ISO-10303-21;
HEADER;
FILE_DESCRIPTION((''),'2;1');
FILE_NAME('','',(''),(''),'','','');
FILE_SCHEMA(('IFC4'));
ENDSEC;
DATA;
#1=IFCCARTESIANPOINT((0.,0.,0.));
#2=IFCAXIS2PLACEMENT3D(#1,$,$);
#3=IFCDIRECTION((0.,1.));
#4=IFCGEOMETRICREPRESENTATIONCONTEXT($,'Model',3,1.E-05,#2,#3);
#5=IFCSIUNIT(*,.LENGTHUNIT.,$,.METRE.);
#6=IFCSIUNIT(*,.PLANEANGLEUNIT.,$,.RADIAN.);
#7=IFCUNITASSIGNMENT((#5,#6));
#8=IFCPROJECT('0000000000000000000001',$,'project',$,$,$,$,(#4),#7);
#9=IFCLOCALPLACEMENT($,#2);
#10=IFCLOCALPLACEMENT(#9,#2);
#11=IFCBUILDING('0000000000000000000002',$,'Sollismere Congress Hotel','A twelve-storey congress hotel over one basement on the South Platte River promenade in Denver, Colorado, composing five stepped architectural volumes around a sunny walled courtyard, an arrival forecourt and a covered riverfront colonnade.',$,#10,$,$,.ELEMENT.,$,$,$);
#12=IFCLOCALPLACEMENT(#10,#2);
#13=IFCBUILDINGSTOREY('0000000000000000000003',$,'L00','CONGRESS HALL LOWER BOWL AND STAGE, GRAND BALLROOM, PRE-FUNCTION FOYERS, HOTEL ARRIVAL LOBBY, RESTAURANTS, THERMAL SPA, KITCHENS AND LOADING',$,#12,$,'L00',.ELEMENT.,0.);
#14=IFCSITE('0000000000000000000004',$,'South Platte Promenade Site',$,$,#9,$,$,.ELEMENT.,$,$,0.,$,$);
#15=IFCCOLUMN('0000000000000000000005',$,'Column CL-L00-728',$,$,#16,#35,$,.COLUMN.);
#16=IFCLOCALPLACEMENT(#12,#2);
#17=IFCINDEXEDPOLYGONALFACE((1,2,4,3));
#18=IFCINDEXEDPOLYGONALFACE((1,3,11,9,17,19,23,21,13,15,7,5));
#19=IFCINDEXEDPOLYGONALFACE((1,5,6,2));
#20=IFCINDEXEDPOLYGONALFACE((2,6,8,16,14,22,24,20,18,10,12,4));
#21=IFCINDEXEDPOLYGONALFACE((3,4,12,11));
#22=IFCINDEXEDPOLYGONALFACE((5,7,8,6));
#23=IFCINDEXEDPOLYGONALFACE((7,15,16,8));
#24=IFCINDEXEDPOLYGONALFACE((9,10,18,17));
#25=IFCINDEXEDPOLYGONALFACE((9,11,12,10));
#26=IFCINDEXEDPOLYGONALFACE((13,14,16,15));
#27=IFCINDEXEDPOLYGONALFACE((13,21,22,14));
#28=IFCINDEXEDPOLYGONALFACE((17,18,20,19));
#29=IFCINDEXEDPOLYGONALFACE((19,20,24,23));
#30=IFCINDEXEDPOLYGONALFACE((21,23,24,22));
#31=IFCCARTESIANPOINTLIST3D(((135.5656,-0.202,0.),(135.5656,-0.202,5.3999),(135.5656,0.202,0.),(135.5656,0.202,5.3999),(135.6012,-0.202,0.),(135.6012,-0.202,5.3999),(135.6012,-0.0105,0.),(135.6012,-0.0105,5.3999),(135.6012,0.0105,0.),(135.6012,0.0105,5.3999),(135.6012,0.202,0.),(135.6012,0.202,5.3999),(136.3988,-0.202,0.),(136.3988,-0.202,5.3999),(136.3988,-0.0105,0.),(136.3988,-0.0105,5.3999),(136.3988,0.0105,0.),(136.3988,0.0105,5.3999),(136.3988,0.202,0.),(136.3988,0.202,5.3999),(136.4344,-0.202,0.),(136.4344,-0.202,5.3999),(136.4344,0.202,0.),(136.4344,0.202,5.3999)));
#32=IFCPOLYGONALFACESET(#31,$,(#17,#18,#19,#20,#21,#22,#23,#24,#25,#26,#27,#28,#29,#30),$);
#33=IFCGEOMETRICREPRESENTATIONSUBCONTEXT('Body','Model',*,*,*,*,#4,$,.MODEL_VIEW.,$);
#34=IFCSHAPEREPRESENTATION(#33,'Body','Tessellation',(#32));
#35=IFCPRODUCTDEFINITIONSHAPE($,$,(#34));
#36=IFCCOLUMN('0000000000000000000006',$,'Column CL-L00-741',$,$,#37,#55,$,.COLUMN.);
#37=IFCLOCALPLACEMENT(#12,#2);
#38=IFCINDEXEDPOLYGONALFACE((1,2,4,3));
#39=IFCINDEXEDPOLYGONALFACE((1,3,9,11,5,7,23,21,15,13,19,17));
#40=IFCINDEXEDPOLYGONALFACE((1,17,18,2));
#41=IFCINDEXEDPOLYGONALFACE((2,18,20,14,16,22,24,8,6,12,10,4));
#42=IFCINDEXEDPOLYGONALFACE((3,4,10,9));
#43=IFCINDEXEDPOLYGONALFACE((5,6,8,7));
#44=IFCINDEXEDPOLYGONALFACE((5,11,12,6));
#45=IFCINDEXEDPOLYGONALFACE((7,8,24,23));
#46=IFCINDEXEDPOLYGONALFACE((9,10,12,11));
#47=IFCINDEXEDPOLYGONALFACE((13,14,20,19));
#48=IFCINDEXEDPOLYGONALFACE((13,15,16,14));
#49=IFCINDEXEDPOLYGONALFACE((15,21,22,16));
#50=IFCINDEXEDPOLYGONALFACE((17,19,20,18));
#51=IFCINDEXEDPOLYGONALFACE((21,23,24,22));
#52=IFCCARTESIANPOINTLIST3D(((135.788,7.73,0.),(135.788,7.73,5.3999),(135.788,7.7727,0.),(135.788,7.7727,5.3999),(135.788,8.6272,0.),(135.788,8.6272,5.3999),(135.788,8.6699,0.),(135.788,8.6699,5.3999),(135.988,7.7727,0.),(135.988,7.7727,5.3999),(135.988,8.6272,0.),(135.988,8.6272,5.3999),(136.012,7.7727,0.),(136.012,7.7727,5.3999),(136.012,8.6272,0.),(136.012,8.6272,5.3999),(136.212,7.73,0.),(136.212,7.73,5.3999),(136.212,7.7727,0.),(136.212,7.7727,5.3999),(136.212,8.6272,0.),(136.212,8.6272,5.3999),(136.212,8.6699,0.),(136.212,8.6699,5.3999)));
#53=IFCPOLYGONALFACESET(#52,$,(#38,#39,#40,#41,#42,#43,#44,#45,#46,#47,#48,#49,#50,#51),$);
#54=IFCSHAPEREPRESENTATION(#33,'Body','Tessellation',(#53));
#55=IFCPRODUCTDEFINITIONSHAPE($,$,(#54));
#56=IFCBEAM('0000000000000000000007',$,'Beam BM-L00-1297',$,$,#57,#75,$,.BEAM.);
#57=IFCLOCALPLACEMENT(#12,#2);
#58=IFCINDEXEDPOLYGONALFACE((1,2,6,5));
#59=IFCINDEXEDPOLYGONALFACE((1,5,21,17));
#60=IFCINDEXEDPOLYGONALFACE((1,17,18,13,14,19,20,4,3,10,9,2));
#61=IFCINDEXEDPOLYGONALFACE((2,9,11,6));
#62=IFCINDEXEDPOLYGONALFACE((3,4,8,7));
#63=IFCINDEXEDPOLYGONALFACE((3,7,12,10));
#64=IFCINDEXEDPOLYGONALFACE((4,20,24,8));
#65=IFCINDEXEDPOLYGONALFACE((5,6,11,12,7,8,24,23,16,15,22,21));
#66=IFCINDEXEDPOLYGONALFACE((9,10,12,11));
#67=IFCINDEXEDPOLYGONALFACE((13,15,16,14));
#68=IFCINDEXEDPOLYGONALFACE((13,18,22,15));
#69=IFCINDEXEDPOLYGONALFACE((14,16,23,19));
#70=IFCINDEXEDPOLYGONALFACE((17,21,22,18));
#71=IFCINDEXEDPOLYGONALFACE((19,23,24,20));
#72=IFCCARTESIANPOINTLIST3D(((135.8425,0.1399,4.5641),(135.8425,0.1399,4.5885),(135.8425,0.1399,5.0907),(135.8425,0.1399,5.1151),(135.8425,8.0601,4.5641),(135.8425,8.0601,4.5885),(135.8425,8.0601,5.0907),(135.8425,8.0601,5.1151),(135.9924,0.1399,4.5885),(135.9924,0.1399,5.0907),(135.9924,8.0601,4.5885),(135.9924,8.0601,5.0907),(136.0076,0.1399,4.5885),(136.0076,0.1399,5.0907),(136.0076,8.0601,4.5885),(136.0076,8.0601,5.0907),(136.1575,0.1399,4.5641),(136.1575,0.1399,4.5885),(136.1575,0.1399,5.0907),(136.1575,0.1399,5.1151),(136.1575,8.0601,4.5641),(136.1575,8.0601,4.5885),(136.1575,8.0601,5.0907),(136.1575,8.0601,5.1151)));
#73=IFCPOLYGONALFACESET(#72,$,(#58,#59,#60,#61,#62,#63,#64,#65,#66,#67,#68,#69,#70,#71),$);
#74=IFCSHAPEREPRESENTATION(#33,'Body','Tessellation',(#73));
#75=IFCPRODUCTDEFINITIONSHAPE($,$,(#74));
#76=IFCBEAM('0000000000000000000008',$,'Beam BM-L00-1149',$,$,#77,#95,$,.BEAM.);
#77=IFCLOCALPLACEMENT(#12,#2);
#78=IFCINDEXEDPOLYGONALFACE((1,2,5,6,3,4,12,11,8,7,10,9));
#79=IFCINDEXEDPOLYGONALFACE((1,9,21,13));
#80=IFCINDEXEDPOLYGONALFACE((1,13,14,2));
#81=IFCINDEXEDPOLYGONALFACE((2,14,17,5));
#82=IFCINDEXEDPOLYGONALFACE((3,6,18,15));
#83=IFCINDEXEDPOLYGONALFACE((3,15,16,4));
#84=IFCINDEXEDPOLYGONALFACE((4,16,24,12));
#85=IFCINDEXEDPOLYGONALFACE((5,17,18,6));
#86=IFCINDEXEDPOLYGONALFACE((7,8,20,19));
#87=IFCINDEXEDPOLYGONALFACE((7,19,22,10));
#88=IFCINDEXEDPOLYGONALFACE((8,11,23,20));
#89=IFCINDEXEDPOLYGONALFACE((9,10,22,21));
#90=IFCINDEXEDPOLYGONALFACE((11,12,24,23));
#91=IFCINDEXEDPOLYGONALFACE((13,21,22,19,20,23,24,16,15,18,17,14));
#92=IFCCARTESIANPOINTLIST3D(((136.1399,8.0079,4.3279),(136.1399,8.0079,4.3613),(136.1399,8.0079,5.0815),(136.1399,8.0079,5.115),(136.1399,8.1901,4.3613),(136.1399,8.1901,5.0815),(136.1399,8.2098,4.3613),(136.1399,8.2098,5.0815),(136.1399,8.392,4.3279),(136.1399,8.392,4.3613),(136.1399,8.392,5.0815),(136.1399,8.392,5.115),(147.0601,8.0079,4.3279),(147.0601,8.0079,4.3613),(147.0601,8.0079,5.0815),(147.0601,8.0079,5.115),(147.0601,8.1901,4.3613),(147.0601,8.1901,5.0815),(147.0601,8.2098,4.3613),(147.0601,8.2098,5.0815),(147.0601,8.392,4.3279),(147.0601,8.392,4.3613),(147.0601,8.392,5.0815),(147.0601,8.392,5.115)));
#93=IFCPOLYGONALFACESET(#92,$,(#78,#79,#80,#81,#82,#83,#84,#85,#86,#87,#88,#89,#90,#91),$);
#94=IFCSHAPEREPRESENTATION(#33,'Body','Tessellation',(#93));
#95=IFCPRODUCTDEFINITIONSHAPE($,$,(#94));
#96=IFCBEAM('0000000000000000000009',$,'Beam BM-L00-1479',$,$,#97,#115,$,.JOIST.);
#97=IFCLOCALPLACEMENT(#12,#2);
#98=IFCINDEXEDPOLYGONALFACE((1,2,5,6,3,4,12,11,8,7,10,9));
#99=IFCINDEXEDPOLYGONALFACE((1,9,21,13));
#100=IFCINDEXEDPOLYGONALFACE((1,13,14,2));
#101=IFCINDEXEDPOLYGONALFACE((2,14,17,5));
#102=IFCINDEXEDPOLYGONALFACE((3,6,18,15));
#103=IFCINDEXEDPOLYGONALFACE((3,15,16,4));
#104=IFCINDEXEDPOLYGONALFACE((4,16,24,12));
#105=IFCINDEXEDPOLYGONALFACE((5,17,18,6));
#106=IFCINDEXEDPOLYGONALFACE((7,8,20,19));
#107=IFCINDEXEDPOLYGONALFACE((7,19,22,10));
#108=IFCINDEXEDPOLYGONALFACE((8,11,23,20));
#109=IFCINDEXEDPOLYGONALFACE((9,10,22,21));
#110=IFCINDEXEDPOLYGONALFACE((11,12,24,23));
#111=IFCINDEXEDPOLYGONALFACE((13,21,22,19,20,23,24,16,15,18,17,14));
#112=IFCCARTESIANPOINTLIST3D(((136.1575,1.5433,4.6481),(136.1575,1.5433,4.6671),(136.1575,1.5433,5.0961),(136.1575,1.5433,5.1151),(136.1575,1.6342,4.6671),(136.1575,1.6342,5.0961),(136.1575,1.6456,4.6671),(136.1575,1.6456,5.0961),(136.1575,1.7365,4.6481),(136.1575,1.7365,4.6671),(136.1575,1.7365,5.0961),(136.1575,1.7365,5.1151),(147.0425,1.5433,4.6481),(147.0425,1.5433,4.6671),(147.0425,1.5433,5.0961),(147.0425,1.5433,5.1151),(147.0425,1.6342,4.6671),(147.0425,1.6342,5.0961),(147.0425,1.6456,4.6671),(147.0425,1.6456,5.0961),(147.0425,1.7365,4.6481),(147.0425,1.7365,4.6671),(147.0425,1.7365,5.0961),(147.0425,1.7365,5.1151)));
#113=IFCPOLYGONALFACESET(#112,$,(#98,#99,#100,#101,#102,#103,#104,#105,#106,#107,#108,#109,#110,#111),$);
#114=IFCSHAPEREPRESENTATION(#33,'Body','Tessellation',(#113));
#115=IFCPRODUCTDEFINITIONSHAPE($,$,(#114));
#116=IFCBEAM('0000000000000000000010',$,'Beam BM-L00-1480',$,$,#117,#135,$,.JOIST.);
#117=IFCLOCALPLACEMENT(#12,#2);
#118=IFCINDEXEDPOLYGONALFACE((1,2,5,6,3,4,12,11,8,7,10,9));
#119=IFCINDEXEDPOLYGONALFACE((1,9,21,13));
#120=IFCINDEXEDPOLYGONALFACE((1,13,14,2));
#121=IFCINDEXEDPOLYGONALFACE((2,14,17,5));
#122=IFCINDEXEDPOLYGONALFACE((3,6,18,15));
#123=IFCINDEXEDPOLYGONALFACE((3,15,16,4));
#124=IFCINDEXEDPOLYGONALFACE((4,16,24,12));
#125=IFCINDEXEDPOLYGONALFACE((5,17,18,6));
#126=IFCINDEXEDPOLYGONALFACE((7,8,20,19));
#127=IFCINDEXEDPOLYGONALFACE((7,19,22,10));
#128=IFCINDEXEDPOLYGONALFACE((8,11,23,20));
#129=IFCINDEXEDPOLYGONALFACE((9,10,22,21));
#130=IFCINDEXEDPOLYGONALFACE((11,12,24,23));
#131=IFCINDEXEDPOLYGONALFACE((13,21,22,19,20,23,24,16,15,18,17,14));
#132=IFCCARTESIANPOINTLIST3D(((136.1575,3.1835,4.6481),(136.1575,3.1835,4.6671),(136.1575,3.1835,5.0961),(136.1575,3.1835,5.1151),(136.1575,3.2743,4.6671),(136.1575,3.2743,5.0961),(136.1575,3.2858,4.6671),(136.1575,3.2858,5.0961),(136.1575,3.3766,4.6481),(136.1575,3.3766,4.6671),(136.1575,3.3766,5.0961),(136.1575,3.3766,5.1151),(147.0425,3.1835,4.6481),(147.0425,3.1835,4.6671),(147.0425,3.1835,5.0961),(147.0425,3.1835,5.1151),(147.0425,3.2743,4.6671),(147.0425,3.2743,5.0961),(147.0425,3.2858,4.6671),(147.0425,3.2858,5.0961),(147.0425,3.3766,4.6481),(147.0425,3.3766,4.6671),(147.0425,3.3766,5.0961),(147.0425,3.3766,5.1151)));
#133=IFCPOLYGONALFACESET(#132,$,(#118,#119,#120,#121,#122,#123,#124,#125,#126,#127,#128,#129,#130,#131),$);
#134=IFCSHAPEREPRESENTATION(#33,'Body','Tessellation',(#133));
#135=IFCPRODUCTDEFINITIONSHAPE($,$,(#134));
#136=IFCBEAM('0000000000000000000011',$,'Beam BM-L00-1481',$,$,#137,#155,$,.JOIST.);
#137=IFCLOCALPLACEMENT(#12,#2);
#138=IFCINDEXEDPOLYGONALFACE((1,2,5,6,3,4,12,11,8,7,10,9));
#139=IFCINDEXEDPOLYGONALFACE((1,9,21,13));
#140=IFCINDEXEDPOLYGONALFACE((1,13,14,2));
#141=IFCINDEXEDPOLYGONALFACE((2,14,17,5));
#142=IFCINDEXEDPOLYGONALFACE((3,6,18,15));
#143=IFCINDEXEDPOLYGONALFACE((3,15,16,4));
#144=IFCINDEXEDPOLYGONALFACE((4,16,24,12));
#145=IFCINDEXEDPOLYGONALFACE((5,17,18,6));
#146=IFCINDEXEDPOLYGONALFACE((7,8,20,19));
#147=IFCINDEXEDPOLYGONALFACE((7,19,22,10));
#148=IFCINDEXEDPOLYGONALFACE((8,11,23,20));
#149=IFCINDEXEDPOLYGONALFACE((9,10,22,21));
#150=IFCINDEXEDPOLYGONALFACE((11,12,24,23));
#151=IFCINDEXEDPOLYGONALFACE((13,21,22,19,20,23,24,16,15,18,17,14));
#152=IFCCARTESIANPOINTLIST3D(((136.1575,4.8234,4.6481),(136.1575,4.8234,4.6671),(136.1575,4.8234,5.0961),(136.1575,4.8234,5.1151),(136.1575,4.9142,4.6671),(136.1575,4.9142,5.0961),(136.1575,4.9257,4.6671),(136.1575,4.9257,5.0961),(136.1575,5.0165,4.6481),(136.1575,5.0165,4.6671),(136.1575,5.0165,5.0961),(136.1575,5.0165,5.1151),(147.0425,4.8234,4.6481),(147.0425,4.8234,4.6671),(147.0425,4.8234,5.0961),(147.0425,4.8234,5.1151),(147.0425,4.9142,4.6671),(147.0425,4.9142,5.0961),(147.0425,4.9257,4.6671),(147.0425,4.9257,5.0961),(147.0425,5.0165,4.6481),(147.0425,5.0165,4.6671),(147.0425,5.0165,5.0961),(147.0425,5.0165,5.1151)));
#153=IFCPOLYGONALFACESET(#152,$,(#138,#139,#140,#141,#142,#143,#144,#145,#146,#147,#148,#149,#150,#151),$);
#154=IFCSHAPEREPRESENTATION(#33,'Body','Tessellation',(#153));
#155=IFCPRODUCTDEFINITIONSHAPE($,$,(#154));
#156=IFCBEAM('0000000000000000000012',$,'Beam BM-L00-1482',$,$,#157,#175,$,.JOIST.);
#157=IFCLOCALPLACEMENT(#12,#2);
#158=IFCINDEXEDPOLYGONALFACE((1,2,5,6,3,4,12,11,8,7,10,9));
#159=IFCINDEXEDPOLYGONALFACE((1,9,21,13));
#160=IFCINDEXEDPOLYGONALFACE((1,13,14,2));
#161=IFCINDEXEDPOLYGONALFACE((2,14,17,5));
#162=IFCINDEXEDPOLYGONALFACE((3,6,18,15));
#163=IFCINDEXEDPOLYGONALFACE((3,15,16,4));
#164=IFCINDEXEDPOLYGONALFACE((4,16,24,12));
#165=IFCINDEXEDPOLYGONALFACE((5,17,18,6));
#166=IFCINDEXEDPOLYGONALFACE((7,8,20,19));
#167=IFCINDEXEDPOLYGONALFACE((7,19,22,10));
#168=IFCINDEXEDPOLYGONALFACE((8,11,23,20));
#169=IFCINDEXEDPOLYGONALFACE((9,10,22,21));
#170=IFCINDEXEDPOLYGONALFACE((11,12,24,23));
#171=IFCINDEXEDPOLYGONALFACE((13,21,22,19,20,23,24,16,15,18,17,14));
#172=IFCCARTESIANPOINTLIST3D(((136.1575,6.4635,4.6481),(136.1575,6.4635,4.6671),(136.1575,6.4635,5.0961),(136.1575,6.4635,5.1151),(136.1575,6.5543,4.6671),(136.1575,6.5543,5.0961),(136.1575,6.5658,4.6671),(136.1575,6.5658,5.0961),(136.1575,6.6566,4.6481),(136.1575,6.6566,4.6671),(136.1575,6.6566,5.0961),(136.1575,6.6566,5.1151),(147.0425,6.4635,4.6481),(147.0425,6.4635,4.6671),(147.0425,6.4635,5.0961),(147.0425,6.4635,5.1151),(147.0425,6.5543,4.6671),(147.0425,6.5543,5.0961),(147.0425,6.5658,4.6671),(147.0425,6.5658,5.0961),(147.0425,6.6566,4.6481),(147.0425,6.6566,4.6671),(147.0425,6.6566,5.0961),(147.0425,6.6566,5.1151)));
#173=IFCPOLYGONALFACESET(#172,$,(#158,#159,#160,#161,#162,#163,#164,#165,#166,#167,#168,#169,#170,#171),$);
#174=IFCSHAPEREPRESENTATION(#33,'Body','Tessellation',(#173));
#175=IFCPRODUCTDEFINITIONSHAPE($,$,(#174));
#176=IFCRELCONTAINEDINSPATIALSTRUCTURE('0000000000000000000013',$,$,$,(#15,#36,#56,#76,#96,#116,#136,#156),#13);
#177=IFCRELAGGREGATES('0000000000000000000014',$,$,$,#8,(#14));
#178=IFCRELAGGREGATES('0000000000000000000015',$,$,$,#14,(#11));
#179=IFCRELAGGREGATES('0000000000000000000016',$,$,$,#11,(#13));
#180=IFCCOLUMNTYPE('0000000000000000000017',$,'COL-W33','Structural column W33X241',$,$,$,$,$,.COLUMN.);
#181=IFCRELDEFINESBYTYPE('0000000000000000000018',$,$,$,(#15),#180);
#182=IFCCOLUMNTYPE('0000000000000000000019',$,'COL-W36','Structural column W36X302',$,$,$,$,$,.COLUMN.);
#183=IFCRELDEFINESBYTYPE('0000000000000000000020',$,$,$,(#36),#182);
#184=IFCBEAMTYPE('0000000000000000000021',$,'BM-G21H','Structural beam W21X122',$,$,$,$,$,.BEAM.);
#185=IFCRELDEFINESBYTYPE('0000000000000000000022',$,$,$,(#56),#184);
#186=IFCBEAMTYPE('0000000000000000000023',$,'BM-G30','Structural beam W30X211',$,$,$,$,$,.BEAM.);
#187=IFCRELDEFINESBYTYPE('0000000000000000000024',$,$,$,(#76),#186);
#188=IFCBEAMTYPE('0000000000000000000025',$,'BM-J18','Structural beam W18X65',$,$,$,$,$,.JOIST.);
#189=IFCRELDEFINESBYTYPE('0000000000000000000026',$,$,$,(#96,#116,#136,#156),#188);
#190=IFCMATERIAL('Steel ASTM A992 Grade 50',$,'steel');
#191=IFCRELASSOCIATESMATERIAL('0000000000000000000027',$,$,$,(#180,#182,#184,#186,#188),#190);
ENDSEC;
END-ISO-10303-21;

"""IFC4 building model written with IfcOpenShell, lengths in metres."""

from ifc_helpers import new_model, si_unit, direction, frame, origin, origin_2d, place, context, subcontext, project, spatial, i_section, extrude, material, material_profile, profile_set, type_object, element, save


model = new_model("IFC4")

# Units and contexts
model_context = context("Model", 3, precision=1e-05, world=origin(), true_north=direction((0.0, 1.0)))
body_context = subcontext(model_context, "Body", "Model", "MODEL_VIEW")
ifc_project = project(units=[si_unit("LENGTHUNIT", "METRE"), si_unit("PLANEANGLEUNIT", "RADIAN")], contexts=[model_context])

# Site, building, storey
site_placement = place(None, origin())
site = spatial("IfcSite", under=ifc_project, at=site_placement, Name="South Platte Promenade Site", CompositionType="ELEMENT", RefElevation=0.0)
building_placement = place(site_placement, origin())
building = spatial("IfcBuilding", under=site, at=building_placement, Name="Sollismere Congress Hotel", Description="A twelve-storey congress hotel over one basement on the South Platte River promenade in Denver, Colorado, composing five stepped architectural volumes around a sunny walled courtyard, an arrival forecourt and a covered riverfront colonnade.", CompositionType="ELEMENT")
storey_placement = place(building_placement, origin())
storey = spatial("IfcBuildingStorey", under=building, at=storey_placement, Name="L00", Description="CONGRESS HALL LOWER BOWL AND STAGE, GRAND BALLROOM, PRE-FUNCTION FOYERS, HOTEL ARRIVAL LOBBY, RESTAURANTS, THERMAL SPA, KITCHENS AND LOADING", LongName="L00", CompositionType="ELEMENT", Elevation=0.0)

# Columns
ifc_material_1 = material(Name="Steel ASTM A992 Grade 50", Category="steel")
ifc_material_profile_1 = material_profile(ifc_material_1, i_section(OverallWidth=0.4041, OverallDepth=0.8689, WebThickness=0.021, FlangeThickness=0.0356, at=origin_2d()), Name="W33X241")
ifc_profile_set_1 = profile_set([ifc_material_profile_1], Name="Steel ASTM A992 Grade 50")
column_type_1 = type_object("IfcColumnType", Name="COL-W33", Description="Structural column W33X241", PredefinedType="COLUMN", material=ifc_profile_set_1)
column_1_placement = place(storey_placement, frame((136.0, 0.0, 0.0), z_axis=(0.0, 0.0, 1.0), x_axis=(0.0, 1.0, 0.0)))
element("IfcColumn", 1, at=column_1_placement, inside=storey, type_object=column_type_1, Name="Column CL-L00-728", PredefinedType="COLUMN", context=body_context, shape_type="SweptSolid", body=[
    extrude(i_section(OverallWidth=0.4041, OverallDepth=0.8689, WebThickness=0.021, FlangeThickness=0.0356, at=origin_2d()), origin(), (0.0, 0.0, 1.0), 5.3999),
])
ifc_material_profile_2 = material_profile(ifc_material_1, i_section(OverallWidth=0.4241, OverallDepth=0.9399, WebThickness=0.0239, FlangeThickness=0.0427, at=origin_2d()), Name="W36X302")
ifc_profile_set_2 = profile_set([ifc_material_profile_2], Name="Steel ASTM A992 Grade 50")
column_type_2 = type_object("IfcColumnType", Name="COL-W36", Description="Structural column W36X302", PredefinedType="COLUMN", material=ifc_profile_set_2)
column_2_placement = place(storey_placement, frame((136.0, 8.2, 0.0), z_axis=(0.0, 0.0, 1.0), x_axis=(1.0, 0.0, 0.0)))
element("IfcColumn", 2, at=column_2_placement, inside=storey, type_object=column_type_2, Name="Column CL-L00-741", PredefinedType="COLUMN", context=body_context, shape_type="SweptSolid", body=[
    extrude(i_section(OverallWidth=0.4241, OverallDepth=0.9399, WebThickness=0.0239, FlangeThickness=0.0427, at=origin_2d()), origin(), (0.0, 0.0, 1.0), 5.3999),
])

# Beams
ifc_material_profile_3 = material_profile(ifc_material_1, i_section(OverallWidth=0.3149, OverallDepth=0.551, WebThickness=0.0151, FlangeThickness=0.0244, at=origin_2d()), Name="W21X122")
ifc_profile_set_3 = profile_set([ifc_material_profile_3], Name="Steel ASTM A992 Grade 50")
beam_type_1 = type_object("IfcBeamType", Name="BM-G21H", Description="Structural beam W21X122", PredefinedType="BEAM", material=ifc_profile_set_3)
beam_1_placement = place(storey_placement, frame((136.0, 0.1399, 4.8396), z_axis=(0.0, 1.0, 0.0), x_axis=(-1.0, 0.0, 0.0)))
element("IfcBeam", 3, at=beam_1_placement, inside=storey, type_object=beam_type_1, Name="Beam BM-L00-1297", PredefinedType="BEAM", context=body_context, shape_type="SweptSolid", body=[
    extrude(i_section(OverallWidth=0.3149, OverallDepth=0.551, WebThickness=0.0151, FlangeThickness=0.0244, at=origin_2d()), origin(), (0.0, 0.0, 1.0), 7.9202),
])
ifc_material_profile_4 = material_profile(ifc_material_1, i_section(OverallWidth=0.384, OverallDepth=0.7871, WebThickness=0.0198, FlangeThickness=0.0334, at=origin_2d()), Name="W30X211")
ifc_profile_set_4 = profile_set([ifc_material_profile_4], Name="Steel ASTM A992 Grade 50")
beam_type_2 = type_object("IfcBeamType", Name="BM-G30", Description="Structural beam W30X211", PredefinedType="BEAM", material=ifc_profile_set_4)
beam_2_placement = place(storey_placement, frame((136.1399, 8.2, 4.7214), z_axis=(1.0, 0.0, 0.0), x_axis=(0.0, 1.0, 0.0)))
element("IfcBeam", 4, at=beam_2_placement, inside=storey, type_object=beam_type_2, Name="Beam BM-L00-1149", PredefinedType="BEAM", context=body_context, shape_type="SweptSolid", body=[
    extrude(i_section(OverallWidth=0.384, OverallDepth=0.7871, WebThickness=0.0198, FlangeThickness=0.0334, at=origin_2d()), origin(), (0.0, 0.0, 1.0), 10.9202),
])
ifc_material_profile_5 = material_profile(ifc_material_1, i_section(OverallWidth=0.1931, OverallDepth=0.467, WebThickness=0.0115, FlangeThickness=0.019, at=origin_2d()), Name="W18X65")
ifc_profile_set_5 = profile_set([ifc_material_profile_5], Name="Steel ASTM A992 Grade 50")
beam_type_3 = type_object("IfcBeamType", Name="BM-J18", Description="Structural beam W18X65", PredefinedType="JOIST", material=ifc_profile_set_5)
for number, where, z_axis, x_axis, name in (
    (5, (136.1575, 1.6399, 4.8816), (1.0, 0.0, 0.0), (0.0, 1.0, 0.0), "Beam BM-L00-1479"),
    (6, (136.1575, 3.28, 4.8816), (1.0, 0.0, 0.0), (0.0, 1.0, 0.0), "Beam BM-L00-1480"),
    (7, (136.1575, 4.9199, 4.8816), (1.0, 0.0, 0.0), (0.0, 1.0, 0.0), "Beam BM-L00-1481"),
    (8, (136.1575, 6.5601, 4.8816), (1.0, 0.0, 0.0), (0.0, 1.0, 0.0), "Beam BM-L00-1482"),
):
    element("IfcBeam", number, at=place(storey_placement, frame(where, z_axis=z_axis, x_axis=x_axis)), inside=storey, type_object=beam_type_3, Name=name, PredefinedType="JOIST", context=body_context, shape_type="SweptSolid", body=[
        extrude(i_section(OverallWidth=0.1931, OverallDepth=0.467, WebThickness=0.0115, FlangeThickness=0.019, at=origin_2d()), origin(), (0.0, 0.0, 1.0), 10.885),
    ])

save(model, "model.ifc")
